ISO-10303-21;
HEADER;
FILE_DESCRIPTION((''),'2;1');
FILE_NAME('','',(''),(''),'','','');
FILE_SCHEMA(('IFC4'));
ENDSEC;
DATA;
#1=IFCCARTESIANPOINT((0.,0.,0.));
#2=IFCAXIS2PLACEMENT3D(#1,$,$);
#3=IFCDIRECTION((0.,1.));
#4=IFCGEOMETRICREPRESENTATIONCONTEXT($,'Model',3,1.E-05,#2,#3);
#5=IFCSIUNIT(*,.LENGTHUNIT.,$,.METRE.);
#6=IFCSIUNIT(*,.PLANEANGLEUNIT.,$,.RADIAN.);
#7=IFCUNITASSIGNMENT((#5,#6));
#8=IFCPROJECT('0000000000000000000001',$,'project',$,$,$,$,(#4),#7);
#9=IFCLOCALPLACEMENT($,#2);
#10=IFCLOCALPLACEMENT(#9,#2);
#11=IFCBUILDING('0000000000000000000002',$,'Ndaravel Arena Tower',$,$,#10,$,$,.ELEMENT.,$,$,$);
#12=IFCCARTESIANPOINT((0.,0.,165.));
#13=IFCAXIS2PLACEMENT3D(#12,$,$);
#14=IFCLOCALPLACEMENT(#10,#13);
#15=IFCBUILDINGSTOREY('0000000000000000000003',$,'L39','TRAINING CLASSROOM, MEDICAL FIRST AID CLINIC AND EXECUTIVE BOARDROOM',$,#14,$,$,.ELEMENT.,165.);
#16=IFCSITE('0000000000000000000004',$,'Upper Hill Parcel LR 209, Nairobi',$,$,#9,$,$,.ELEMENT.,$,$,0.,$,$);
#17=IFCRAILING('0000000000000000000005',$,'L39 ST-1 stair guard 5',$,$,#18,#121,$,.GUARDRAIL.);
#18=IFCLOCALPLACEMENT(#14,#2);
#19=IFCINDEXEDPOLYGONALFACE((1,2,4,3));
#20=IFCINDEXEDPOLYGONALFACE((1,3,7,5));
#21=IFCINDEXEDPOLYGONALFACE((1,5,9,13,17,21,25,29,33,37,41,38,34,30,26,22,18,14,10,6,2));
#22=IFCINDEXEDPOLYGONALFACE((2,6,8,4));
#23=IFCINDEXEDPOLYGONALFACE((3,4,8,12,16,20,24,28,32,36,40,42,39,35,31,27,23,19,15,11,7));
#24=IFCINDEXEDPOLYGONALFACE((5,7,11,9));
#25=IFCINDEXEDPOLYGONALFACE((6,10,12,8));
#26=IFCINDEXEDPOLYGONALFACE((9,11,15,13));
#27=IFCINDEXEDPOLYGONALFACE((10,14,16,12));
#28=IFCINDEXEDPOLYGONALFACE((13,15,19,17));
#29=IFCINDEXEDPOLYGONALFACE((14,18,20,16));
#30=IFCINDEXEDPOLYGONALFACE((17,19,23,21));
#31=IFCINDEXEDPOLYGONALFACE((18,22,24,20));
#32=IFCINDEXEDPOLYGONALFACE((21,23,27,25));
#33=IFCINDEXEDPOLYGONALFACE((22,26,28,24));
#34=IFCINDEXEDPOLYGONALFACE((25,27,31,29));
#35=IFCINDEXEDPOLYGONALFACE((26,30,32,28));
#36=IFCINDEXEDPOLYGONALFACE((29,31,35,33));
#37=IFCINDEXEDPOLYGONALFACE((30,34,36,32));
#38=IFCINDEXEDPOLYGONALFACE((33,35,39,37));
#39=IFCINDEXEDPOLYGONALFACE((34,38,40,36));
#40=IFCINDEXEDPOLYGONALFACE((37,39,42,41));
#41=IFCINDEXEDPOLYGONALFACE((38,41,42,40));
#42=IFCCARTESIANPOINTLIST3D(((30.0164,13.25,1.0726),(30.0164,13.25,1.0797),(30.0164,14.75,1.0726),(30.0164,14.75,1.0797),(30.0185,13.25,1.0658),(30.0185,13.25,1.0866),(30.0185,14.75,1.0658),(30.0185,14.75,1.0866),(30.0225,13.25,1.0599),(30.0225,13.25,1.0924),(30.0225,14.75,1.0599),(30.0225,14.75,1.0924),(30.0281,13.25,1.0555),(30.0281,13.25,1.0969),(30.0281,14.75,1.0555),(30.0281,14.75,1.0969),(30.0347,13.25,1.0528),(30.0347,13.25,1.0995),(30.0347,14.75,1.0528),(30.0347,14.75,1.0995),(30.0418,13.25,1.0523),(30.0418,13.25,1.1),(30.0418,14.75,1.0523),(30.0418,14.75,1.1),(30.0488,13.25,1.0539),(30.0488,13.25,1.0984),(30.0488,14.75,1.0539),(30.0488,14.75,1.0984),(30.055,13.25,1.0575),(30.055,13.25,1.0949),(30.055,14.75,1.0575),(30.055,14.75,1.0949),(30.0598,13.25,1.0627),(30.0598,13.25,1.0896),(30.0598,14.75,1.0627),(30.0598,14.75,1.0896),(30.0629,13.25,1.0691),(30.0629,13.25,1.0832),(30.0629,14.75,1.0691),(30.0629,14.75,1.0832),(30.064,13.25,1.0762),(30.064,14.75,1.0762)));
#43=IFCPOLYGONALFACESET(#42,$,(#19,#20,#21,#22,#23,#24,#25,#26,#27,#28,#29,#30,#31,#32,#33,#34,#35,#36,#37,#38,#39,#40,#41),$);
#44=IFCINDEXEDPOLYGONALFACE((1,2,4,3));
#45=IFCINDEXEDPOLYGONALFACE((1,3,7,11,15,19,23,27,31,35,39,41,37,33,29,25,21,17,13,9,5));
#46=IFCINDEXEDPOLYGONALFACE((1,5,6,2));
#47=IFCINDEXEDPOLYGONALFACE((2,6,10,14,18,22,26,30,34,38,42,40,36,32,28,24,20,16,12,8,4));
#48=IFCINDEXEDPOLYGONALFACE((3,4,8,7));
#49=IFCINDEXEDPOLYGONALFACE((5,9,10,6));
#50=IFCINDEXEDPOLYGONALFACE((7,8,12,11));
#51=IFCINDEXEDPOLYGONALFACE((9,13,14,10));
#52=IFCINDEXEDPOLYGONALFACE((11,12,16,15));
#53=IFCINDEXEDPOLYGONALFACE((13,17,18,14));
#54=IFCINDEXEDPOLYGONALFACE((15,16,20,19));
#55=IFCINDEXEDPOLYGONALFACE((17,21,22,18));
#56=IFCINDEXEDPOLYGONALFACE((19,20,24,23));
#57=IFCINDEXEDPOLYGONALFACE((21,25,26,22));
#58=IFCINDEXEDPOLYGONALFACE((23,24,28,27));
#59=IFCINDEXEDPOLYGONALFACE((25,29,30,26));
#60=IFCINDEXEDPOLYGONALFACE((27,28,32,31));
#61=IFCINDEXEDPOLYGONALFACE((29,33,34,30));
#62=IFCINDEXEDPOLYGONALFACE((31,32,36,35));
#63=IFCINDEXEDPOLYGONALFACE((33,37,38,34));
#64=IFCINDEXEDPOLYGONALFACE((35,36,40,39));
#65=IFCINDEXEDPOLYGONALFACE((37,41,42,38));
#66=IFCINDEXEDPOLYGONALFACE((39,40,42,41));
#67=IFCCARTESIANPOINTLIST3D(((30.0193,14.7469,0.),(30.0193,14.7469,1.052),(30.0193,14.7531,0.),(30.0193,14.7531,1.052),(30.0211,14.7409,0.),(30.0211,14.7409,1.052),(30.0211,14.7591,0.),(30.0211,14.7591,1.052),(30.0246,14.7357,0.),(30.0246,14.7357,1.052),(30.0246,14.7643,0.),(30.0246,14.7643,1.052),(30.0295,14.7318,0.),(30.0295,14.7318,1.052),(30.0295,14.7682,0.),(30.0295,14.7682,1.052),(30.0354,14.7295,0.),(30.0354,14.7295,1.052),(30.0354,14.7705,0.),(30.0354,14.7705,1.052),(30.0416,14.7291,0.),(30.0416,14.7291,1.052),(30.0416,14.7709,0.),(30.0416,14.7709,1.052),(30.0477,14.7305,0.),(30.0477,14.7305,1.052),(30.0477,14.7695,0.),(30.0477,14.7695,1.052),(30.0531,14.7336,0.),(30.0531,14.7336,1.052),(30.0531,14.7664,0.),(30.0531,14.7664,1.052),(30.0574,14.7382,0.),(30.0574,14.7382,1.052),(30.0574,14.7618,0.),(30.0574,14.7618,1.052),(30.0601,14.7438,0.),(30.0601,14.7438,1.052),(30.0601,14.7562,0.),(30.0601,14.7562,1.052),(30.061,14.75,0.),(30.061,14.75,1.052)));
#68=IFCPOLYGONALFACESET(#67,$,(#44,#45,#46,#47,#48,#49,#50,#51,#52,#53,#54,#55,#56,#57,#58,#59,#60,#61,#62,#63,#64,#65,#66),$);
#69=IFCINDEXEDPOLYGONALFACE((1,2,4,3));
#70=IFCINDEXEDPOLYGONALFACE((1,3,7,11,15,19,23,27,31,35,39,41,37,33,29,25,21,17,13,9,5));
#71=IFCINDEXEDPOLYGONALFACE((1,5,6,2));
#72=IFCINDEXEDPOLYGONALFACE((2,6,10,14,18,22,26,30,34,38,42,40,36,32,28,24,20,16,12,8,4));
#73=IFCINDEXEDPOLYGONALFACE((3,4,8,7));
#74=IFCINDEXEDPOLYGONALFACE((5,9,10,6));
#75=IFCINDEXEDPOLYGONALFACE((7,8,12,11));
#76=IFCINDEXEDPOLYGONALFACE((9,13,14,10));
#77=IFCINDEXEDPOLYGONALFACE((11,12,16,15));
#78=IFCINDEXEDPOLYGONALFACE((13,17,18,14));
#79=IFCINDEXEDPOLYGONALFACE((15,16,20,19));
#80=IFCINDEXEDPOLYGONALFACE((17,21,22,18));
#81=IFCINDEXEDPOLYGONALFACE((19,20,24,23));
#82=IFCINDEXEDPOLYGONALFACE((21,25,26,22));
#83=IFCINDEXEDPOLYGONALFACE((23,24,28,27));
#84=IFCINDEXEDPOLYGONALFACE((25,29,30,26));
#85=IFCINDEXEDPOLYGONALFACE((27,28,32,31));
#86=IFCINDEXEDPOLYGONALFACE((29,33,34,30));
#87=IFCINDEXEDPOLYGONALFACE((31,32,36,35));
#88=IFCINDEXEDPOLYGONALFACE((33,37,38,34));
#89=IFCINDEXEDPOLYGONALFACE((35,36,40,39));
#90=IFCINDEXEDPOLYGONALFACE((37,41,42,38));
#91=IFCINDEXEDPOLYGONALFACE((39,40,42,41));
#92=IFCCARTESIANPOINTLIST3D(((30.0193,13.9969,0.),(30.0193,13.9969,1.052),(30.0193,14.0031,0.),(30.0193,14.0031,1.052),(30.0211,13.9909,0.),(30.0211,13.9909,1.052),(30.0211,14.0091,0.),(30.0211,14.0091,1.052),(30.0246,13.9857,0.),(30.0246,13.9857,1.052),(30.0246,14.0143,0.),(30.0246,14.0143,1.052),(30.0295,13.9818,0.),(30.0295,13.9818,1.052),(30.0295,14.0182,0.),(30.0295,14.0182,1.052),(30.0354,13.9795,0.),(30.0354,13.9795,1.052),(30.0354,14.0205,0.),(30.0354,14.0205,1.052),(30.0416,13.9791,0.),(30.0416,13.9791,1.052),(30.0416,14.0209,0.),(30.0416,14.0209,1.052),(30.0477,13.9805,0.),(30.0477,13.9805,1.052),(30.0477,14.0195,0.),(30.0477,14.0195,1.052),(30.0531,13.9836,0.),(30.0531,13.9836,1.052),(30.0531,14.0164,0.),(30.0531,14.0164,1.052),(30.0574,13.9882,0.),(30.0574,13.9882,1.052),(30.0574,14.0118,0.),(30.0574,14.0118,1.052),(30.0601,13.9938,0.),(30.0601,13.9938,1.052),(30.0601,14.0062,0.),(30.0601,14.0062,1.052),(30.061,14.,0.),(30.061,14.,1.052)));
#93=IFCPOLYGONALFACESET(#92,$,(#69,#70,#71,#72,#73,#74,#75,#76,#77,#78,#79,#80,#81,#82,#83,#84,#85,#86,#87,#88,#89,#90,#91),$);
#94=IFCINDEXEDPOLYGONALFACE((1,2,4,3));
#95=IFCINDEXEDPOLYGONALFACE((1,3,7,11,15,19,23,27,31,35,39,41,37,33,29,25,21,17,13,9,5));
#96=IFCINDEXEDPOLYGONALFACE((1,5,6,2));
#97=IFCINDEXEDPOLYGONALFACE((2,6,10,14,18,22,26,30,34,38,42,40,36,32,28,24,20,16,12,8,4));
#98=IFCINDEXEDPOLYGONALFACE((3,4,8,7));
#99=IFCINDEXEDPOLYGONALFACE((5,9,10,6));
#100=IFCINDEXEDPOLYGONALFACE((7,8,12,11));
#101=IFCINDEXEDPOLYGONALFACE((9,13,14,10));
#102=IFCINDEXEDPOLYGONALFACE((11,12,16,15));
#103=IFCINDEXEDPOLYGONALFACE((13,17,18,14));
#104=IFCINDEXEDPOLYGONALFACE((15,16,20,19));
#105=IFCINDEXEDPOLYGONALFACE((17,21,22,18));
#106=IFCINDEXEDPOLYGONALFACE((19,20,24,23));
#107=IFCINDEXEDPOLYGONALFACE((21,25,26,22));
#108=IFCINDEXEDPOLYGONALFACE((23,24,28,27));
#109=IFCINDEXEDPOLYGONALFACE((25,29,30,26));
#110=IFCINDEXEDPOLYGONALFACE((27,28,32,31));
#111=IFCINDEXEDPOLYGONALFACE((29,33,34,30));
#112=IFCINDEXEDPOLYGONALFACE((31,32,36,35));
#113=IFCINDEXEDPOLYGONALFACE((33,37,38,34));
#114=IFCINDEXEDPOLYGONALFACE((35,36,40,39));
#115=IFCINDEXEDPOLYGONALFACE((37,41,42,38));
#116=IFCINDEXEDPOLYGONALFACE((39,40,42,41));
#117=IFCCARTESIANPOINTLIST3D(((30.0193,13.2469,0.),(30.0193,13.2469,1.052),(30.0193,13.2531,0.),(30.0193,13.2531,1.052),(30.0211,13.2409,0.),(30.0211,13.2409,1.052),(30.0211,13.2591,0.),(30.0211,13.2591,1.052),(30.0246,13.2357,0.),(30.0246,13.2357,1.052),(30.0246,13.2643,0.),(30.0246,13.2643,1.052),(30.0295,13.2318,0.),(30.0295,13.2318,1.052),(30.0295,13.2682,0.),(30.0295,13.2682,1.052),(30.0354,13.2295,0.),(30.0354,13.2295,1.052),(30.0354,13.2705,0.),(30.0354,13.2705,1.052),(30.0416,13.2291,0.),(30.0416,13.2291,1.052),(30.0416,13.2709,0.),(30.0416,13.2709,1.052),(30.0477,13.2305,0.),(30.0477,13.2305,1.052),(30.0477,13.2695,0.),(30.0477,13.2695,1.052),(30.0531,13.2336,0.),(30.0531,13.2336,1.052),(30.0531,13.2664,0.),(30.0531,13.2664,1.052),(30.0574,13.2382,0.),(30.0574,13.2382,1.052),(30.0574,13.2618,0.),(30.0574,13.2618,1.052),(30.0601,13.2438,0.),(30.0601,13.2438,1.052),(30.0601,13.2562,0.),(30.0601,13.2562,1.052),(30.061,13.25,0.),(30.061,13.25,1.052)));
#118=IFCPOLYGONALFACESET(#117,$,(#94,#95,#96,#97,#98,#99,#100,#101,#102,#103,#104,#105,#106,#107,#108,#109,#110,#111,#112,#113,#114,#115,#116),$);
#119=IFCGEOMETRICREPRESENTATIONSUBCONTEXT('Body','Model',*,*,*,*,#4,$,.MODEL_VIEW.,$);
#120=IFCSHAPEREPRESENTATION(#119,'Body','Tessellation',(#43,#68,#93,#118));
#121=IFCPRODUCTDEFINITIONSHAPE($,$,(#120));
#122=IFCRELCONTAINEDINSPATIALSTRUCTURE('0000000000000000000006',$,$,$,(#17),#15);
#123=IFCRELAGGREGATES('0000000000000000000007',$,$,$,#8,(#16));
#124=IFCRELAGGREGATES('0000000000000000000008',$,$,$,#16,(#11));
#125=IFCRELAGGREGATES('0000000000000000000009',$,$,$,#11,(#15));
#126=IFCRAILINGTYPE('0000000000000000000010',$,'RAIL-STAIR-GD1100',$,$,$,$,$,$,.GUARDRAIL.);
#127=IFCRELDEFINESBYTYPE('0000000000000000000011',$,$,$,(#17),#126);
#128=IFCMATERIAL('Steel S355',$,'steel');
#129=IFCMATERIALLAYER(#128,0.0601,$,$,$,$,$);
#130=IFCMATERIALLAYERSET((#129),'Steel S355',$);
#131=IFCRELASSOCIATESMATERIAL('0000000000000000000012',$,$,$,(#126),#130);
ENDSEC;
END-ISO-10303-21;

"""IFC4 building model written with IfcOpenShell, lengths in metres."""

from ifc_helpers import new_model, si_unit, direction, frame, origin, origin_2d, place, context, subcontext, project, spatial, circle, extrude, material, layer, layer_set, type_object, element, save


model = new_model("IFC4")

# Units and contexts
model_context = context("Model", 3, precision=1e-05, world=origin(), true_north=direction((0.0, 1.0)))
body_context = subcontext(model_context, "Body", "Model", "MODEL_VIEW")
ifc_project = project(units=[si_unit("LENGTHUNIT", "METRE"), si_unit("PLANEANGLEUNIT", "RADIAN")], contexts=[model_context])

# Site, building, storey
site_placement = place(None, origin())
site = spatial("IfcSite", under=ifc_project, at=site_placement, Name="Upper Hill Parcel LR 209, Nairobi", CompositionType="ELEMENT", RefElevation=0.0)
building_placement = place(site_placement, origin())
building = spatial("IfcBuilding", under=site, at=building_placement, Name="Ndaravel Arena Tower", CompositionType="ELEMENT")
storey_placement = place(building_placement, frame((0.0, 0.0, 165.0)))
storey = spatial("IfcBuildingStorey", under=building, at=storey_placement, Name="L39", Description="TRAINING CLASSROOM, MEDICAL FIRST AID CLINIC AND EXECUTIVE BOARDROOM", CompositionType="ELEMENT", Elevation=165.0)

# Railing
ifc_material_1 = material(Name="Steel S355", Category="steel")
ifc_layer_1 = layer(ifc_material_1, 0.0601)
ifc_layer_set_1 = layer_set([ifc_layer_1], Name="Steel S355")
railing_type = type_object("IfcRailingType", Name="RAIL-STAIR-GD1100", PredefinedType="GUARDRAIL", material=ifc_layer_set_1)
railing_placement = place(storey_placement, frame((30.04, 14.75, 0.0)))
element("IfcRailing", 1, at=railing_placement, inside=storey, type_object=railing_type, Name="L39 ST-1 stair guard 5", PredefinedType="GUARDRAIL", context=body_context, shape_type="SweptSolid", body=[
    extrude(circle(Radius=0.0239, at=origin_2d()), frame((0.0, 0.0, 1.0762), z_axis=(0.0, -1.0, 0.0), x_axis=(1.0, 0.0, 0.0)), (0.0, 0.0, 1.0), 1.5),
    extrude(circle(Radius=0.021, at=origin_2d()), origin(), (0.0, 0.0, 1.0), 1.052),
    extrude(circle(Radius=0.021, at=origin_2d()), frame((0.0, -0.75, 0.0)), (0.0, 0.0, 1.0), 1.052),
    extrude(circle(Radius=0.021, at=origin_2d()), frame((0.0, -1.5, 0.0)), (0.0, 0.0, 1.0), 1.052),
])

save(model, "model.ifc")
